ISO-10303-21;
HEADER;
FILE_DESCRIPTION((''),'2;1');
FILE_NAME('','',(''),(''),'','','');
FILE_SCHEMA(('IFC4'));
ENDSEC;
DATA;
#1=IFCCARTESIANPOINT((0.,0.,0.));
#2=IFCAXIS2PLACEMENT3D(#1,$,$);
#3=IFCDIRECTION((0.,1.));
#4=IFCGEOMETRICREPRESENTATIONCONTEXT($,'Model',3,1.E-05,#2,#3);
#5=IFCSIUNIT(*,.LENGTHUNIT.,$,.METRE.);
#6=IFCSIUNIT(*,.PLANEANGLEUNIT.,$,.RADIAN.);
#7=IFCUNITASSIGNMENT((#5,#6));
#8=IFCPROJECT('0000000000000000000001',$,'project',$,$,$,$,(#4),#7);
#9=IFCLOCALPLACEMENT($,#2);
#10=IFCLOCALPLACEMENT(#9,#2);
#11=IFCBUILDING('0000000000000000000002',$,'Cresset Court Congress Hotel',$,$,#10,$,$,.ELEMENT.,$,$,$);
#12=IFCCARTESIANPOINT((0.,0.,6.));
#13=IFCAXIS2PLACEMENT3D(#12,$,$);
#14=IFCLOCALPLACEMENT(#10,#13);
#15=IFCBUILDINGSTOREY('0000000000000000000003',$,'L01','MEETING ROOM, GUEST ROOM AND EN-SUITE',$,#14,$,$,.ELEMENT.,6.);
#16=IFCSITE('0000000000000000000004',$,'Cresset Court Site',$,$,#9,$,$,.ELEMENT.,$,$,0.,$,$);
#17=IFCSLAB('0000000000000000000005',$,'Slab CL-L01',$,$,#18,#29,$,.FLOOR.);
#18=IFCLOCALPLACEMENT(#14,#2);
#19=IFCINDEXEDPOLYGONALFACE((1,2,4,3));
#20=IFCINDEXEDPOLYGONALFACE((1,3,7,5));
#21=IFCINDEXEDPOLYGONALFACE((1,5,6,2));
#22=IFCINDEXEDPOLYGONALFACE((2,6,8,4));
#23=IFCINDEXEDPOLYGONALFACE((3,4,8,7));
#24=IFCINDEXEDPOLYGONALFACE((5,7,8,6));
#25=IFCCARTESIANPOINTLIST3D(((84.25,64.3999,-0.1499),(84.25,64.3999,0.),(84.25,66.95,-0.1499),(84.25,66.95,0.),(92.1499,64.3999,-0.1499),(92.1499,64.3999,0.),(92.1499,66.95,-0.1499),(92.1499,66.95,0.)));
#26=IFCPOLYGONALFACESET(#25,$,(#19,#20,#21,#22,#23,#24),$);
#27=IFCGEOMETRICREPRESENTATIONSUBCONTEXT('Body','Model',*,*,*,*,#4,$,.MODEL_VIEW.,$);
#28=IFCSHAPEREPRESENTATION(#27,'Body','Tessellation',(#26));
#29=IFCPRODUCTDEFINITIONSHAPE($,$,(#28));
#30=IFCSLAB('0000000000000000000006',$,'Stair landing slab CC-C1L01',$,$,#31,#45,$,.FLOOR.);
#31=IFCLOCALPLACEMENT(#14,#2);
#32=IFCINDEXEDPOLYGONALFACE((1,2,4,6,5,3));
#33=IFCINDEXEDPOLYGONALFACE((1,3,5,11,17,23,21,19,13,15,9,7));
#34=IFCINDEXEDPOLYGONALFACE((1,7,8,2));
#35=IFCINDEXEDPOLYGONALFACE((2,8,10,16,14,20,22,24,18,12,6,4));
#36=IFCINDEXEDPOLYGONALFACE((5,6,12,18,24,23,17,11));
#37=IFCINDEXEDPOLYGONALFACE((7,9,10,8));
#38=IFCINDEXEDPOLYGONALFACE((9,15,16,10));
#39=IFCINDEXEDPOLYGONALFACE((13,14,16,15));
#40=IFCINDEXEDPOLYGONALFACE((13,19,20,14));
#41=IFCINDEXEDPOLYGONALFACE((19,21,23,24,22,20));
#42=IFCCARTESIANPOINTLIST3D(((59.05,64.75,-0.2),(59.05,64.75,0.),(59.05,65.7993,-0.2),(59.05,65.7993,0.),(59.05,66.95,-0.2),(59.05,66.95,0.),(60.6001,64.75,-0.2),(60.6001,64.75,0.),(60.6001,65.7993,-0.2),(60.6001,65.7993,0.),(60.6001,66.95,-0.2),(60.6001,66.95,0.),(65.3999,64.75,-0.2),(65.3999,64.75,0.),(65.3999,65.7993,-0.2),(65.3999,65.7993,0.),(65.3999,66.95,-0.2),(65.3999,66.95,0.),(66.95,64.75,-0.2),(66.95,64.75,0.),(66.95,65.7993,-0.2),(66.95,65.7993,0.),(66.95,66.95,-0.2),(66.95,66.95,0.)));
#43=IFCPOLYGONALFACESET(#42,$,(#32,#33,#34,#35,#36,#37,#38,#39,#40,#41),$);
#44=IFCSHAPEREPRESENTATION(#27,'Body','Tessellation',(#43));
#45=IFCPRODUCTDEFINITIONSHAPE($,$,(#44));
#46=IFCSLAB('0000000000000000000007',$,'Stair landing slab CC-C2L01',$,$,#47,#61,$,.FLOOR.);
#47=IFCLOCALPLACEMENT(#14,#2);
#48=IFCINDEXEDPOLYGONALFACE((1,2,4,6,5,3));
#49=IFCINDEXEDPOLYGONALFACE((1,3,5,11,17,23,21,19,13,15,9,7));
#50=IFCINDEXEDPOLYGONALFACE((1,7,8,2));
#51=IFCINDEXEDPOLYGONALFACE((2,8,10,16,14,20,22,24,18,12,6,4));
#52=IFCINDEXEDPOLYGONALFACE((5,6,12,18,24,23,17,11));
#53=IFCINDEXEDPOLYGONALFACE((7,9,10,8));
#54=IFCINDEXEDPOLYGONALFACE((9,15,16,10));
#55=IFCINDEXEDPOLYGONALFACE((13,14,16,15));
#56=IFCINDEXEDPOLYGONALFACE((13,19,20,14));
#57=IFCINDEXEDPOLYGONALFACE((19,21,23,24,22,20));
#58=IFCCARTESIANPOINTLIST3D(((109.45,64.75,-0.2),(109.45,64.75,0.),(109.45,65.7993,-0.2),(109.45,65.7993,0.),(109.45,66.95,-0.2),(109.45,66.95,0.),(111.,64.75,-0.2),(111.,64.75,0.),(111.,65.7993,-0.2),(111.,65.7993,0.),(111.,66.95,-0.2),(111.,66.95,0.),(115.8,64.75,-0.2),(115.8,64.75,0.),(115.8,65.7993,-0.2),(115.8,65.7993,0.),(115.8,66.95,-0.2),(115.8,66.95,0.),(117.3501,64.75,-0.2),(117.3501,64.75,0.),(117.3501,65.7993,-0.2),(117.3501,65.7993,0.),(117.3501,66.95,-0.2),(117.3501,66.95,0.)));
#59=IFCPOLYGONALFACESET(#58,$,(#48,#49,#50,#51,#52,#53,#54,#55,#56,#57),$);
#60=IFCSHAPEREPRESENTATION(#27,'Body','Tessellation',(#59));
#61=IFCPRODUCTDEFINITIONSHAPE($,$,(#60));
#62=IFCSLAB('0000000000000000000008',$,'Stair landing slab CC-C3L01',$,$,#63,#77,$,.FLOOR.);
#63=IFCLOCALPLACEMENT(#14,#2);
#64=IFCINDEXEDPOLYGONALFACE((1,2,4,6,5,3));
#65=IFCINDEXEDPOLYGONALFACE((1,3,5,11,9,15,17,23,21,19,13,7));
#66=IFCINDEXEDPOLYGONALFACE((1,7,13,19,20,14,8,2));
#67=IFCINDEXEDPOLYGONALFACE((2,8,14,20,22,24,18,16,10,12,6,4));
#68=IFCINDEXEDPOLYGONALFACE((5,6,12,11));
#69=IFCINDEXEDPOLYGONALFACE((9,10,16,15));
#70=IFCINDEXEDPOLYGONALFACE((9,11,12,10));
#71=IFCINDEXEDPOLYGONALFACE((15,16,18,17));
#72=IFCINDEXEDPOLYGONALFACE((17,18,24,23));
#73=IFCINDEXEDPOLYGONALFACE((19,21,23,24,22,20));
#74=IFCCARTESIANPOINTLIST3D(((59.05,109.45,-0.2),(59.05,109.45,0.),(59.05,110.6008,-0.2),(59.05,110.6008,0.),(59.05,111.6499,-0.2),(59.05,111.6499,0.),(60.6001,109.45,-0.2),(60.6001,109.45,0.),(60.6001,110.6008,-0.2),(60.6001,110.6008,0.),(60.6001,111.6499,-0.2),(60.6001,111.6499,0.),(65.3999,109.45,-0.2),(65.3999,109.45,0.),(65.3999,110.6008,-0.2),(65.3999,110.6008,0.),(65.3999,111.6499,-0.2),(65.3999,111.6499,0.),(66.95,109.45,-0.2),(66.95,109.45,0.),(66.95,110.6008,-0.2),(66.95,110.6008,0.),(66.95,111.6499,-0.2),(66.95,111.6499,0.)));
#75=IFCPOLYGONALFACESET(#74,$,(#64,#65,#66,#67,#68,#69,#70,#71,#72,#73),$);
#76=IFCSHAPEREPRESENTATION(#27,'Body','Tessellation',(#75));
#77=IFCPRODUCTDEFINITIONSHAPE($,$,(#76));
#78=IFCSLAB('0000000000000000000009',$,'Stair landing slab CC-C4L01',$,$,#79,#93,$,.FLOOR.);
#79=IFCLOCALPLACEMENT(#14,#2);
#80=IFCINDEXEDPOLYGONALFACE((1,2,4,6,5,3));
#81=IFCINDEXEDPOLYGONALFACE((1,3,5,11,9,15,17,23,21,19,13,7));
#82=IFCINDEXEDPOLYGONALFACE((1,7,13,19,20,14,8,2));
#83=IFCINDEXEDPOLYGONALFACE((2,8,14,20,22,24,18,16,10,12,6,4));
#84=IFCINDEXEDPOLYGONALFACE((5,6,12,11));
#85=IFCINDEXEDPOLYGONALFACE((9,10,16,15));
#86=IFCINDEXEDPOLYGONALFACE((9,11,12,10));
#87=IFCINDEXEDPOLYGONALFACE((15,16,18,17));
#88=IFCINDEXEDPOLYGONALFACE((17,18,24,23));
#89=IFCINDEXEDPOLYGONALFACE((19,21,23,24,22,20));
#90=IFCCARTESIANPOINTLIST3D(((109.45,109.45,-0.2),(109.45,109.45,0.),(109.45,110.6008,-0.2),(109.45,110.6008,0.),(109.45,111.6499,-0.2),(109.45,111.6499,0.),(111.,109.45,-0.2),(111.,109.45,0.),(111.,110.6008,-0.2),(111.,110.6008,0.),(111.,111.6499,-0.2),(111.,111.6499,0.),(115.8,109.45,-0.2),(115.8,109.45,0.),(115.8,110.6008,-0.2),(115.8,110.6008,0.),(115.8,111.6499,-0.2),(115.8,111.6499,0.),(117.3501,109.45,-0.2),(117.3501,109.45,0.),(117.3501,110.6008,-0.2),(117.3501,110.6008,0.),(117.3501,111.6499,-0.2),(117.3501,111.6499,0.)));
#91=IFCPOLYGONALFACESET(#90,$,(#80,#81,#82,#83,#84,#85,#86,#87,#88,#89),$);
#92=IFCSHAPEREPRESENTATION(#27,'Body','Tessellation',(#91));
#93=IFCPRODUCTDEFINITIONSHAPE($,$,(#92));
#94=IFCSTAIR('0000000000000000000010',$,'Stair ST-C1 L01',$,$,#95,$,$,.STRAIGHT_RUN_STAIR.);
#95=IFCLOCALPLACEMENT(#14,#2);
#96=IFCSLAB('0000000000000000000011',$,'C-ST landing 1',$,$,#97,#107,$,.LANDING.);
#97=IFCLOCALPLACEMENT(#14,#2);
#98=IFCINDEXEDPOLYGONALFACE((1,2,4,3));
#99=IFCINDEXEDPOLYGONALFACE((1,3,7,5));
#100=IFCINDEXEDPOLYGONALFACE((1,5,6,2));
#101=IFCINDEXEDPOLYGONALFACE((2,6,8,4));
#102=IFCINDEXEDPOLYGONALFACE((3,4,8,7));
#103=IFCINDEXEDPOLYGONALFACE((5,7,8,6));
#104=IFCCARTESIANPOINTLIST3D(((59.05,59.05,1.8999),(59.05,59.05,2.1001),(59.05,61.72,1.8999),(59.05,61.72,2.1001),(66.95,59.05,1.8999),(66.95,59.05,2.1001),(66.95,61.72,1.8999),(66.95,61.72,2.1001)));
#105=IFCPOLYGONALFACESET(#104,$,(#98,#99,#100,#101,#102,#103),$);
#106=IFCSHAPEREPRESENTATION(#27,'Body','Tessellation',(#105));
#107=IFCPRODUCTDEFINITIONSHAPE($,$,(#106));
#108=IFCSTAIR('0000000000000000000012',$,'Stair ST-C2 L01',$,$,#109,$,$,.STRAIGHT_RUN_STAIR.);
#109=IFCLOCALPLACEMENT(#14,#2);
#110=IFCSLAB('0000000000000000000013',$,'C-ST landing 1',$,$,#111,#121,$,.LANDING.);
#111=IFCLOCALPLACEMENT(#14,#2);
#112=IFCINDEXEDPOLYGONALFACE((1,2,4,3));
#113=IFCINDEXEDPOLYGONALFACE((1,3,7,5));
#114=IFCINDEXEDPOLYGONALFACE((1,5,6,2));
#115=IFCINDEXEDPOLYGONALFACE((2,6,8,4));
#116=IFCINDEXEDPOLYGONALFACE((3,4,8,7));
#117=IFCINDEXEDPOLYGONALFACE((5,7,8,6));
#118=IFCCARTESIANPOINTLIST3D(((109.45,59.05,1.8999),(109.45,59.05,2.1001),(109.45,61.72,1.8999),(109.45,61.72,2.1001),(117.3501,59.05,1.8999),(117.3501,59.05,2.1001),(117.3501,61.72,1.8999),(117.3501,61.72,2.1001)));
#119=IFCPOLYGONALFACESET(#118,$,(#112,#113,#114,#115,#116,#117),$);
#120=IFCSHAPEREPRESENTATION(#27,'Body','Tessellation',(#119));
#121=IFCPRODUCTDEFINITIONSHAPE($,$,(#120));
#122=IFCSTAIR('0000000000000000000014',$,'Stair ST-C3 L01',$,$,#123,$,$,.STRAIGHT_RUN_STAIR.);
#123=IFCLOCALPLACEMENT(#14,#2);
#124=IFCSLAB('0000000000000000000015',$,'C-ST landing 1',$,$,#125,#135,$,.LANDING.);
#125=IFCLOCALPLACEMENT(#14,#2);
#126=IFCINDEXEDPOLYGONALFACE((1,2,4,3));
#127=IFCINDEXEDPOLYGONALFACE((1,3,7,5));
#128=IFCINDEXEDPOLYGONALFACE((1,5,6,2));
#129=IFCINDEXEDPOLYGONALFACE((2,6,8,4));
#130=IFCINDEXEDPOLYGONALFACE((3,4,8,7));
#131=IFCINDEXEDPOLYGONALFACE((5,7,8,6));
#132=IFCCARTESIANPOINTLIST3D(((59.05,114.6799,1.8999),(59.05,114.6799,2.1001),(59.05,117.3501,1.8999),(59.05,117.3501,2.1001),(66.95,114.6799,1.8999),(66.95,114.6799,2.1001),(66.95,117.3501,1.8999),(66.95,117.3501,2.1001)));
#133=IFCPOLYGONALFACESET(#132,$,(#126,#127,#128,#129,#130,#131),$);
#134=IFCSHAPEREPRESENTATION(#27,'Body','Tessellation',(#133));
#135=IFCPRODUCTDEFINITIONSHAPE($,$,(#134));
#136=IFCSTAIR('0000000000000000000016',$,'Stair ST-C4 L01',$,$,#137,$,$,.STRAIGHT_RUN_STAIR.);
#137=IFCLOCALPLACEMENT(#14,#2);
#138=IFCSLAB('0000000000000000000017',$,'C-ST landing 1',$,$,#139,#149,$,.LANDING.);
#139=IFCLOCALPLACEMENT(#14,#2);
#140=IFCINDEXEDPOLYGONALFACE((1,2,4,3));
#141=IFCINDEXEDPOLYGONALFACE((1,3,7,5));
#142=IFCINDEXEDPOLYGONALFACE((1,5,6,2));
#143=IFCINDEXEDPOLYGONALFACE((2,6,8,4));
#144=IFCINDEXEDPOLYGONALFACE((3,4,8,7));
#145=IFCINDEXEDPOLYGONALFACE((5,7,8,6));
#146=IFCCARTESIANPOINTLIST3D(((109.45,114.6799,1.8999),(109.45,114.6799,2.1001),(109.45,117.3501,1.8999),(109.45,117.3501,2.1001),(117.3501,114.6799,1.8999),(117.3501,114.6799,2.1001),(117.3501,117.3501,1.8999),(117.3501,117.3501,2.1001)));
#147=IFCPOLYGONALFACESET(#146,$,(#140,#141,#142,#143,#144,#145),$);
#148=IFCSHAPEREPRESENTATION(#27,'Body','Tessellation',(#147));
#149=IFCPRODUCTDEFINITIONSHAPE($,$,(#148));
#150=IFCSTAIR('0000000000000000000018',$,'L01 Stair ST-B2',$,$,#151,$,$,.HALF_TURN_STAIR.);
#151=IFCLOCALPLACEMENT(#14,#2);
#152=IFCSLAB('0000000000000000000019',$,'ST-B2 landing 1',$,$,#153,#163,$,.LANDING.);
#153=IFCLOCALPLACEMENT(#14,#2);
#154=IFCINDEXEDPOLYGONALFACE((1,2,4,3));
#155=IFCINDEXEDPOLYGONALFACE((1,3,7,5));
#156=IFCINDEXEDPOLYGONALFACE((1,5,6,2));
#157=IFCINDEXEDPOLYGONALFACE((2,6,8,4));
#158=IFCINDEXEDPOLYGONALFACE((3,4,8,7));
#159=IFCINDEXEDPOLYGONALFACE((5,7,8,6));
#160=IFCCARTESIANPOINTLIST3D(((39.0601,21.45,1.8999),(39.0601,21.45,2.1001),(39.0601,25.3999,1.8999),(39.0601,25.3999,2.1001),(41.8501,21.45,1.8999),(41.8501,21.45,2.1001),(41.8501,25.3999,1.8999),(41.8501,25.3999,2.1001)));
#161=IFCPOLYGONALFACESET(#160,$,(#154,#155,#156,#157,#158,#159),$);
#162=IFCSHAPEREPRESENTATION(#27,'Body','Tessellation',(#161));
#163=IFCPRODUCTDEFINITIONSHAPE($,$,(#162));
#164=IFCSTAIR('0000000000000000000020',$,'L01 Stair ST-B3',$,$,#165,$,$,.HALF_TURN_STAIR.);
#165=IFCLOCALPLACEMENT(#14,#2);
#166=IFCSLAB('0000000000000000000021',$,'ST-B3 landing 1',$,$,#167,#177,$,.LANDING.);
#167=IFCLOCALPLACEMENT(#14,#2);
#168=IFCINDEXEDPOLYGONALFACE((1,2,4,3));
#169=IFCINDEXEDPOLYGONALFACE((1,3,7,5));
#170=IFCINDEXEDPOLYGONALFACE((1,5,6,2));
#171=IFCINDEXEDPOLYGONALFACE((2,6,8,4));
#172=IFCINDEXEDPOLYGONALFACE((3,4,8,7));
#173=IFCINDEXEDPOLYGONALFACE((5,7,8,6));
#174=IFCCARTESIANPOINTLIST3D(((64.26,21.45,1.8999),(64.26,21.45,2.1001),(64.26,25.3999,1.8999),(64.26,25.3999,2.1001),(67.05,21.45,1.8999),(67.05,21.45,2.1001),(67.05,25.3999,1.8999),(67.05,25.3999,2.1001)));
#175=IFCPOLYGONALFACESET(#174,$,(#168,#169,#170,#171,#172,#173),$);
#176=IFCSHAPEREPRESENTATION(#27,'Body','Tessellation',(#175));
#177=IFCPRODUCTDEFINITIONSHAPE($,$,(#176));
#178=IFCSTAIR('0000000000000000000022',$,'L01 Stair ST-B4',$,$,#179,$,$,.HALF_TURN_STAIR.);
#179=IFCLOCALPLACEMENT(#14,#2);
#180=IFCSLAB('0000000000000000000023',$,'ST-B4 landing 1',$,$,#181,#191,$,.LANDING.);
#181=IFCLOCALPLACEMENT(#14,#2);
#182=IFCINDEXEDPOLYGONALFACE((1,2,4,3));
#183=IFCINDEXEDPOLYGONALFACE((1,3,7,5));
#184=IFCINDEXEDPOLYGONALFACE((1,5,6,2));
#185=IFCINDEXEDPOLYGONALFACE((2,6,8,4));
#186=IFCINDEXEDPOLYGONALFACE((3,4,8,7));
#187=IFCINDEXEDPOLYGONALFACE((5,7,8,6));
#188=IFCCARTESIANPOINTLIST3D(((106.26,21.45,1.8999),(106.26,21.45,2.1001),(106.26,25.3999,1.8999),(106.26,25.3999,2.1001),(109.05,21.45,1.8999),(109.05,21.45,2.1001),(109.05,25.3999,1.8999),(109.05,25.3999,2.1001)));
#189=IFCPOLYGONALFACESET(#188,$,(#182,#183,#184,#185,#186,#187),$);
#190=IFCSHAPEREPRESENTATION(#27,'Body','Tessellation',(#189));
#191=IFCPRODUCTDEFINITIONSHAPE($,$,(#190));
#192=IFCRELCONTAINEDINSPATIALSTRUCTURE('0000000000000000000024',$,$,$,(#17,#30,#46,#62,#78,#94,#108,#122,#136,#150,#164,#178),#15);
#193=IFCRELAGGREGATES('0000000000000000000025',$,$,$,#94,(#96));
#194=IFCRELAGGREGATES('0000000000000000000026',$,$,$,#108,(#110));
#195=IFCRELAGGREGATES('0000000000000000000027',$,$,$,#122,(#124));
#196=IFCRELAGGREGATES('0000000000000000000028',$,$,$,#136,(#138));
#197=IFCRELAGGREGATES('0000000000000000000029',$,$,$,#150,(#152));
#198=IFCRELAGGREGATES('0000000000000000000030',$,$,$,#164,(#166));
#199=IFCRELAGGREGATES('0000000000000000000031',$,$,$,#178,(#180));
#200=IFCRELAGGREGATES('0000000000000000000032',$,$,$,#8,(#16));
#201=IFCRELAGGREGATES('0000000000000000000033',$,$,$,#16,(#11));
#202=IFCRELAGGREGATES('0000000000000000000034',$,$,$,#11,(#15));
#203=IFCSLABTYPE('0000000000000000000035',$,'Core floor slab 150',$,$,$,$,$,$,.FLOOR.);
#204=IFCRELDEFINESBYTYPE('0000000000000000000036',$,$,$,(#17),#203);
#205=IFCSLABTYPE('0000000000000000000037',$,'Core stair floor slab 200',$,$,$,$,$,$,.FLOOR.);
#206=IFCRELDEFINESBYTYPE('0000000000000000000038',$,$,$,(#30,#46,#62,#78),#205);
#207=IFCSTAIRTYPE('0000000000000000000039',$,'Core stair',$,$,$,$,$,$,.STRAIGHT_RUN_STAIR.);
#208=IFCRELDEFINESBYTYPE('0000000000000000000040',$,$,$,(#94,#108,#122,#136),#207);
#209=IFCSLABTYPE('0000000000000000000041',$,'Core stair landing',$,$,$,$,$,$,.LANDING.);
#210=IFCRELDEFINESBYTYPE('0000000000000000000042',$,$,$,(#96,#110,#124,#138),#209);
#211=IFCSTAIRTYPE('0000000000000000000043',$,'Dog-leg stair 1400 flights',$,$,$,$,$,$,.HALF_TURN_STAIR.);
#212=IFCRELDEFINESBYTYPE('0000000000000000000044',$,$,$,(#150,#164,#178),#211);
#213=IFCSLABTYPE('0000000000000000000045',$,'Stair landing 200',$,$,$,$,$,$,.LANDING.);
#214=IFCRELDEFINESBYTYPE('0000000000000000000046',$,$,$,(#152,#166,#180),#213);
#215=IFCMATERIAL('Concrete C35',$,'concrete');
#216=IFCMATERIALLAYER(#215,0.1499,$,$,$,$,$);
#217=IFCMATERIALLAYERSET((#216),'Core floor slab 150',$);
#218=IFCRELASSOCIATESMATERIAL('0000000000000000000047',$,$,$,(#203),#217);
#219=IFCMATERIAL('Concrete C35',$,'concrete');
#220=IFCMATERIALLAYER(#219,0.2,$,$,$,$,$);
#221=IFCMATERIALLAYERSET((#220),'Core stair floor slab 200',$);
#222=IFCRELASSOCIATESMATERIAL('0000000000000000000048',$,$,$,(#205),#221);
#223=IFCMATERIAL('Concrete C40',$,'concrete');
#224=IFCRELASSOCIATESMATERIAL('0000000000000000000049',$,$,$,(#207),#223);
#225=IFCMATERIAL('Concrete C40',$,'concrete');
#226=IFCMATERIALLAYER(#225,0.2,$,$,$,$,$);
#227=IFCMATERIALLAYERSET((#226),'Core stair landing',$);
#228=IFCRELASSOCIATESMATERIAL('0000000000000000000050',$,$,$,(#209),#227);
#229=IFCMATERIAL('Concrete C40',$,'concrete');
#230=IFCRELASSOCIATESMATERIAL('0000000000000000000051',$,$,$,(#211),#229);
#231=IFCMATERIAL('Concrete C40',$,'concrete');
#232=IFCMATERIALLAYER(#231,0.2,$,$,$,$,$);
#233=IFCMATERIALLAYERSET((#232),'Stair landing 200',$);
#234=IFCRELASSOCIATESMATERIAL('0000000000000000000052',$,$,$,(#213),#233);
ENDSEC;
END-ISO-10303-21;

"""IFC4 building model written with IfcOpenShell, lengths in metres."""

from ifc_helpers import new_model, si_unit, direction, frame, origin, place, context, subcontext, project, spatial, polyline, outline, extrude, material, layer, layer_set, type_object, element, aggregate, save


model = new_model("IFC4")

# Units and contexts
model_context = context("Model", 3, precision=1e-05, world=origin(), true_north=direction((0.0, 1.0)))
body_context = subcontext(model_context, "Body", "Model", "MODEL_VIEW")
ifc_project = project(units=[si_unit("LENGTHUNIT", "METRE"), si_unit("PLANEANGLEUNIT", "RADIAN")], contexts=[model_context])

# Site, building, storey
site_placement = place(None, origin())
site = spatial("IfcSite", under=ifc_project, at=site_placement, Name="Cresset Court Site", CompositionType="ELEMENT", RefElevation=0.0)
building_placement = place(site_placement, origin())
building = spatial("IfcBuilding", under=site, at=building_placement, Name="Cresset Court Congress Hotel", CompositionType="ELEMENT")
storey_placement = place(building_placement, frame((0.0, 0.0, 6.0)))
storey = spatial("IfcBuildingStorey", under=building, at=storey_placement, Name="L01", Description="MEETING ROOM, GUEST ROOM AND EN-SUITE", CompositionType="ELEMENT", Elevation=6.0)

# Slabs
ifc_material_1 = material(Name="Concrete C35", Category="concrete")
ifc_layer_1 = layer(ifc_material_1, 0.1499)
ifc_layer_set_1 = layer_set([ifc_layer_1], Name="Core floor slab 150")
slab_type_1 = type_object("IfcSlabType", Name="Core floor slab 150", PredefinedType="FLOOR", material=ifc_layer_set_1)
slab_1_placement = place(storey_placement, frame((0.0, 0.0, -0.1499)))
element("IfcSlab", 1, at=slab_1_placement, inside=storey, type_object=slab_type_1, Name="Slab CL-L01", PredefinedType="FLOOR", context=body_context, shape_type="SweptSolid", body=[
    extrude(outline(polyline([(92.1499, 64.3999), (92.1499, 66.95), (84.25, 66.95), (84.25, 64.3999), (92.1499, 64.3999)])), origin(), (0.0, 0.0, 1.0), 0.1499),
])
ifc_material_2 = material(Name="Concrete C35", Category="concrete")
ifc_layer_2 = layer(ifc_material_2, 0.2)
ifc_layer_set_2 = layer_set([ifc_layer_2], Name="Core stair floor slab 200")
slab_type_2 = type_object("IfcSlabType", Name="Core stair floor slab 200", PredefinedType="FLOOR", material=ifc_layer_set_2)
slab_2_placement = place(storey_placement, frame((0.0, 0.0, -0.2)))
element("IfcSlab", 2, at=slab_2_placement, inside=storey, type_object=slab_type_2, Name="Stair landing slab CC-C1L01", PredefinedType="FLOOR", context=body_context, shape_type="SweptSolid", body=[
    extrude(outline(polyline([(60.6001, 64.75), (59.05, 64.75), (59.05, 65.7993), (59.05, 66.95), (60.6001, 66.95), (65.3999, 66.95), (66.95, 66.95), (66.95, 65.7993), (66.95, 64.75), (65.3999, 64.75), (65.3999, 65.7993), (60.6001, 65.7993), (60.6001, 64.75)])), origin(), (0.0, 0.0, 1.0), 0.2),
])
slab_3_placement = place(storey_placement, frame((0.0, 0.0, -0.2)))
element("IfcSlab", 3, at=slab_3_placement, inside=storey, type_object=slab_type_2, Name="Stair landing slab CC-C2L01", PredefinedType="FLOOR", context=body_context, shape_type="SweptSolid", body=[
    extrude(outline(polyline([(111.0, 64.75), (109.45, 64.75), (109.45, 65.7993), (109.45, 66.95), (111.0, 66.95), (115.8, 66.95), (117.3501, 66.95), (117.3501, 65.7993), (117.3501, 64.75), (115.8, 64.75), (115.8, 65.7993), (111.0, 65.7993), (111.0, 64.75)])), origin(), (0.0, 0.0, 1.0), 0.2),
])
slab_4_placement = place(storey_placement, frame((0.0, 0.0, -0.2)))
element("IfcSlab", 4, at=slab_4_placement, inside=storey, type_object=slab_type_2, Name="Stair landing slab CC-C3L01", PredefinedType="FLOOR", context=body_context, shape_type="SweptSolid", body=[
    extrude(outline(polyline([(66.95, 109.45), (65.3999, 109.45), (60.6001, 109.45), (59.05, 109.45), (59.05, 110.6008), (59.05, 111.6499), (60.6001, 111.6499), (60.6001, 110.6008), (65.3999, 110.6008), (65.3999, 111.6499), (66.95, 111.6499), (66.95, 110.6008), (66.95, 109.45)])), origin(), (0.0, 0.0, 1.0), 0.2),
])
slab_5_placement = place(storey_placement, frame((0.0, 0.0, -0.2)))
element("IfcSlab", 5, at=slab_5_placement, inside=storey, type_object=slab_type_2, Name="Stair landing slab CC-C4L01", PredefinedType="FLOOR", context=body_context, shape_type="SweptSolid", body=[
    extrude(outline(polyline([(117.3501, 109.45), (115.8, 109.45), (111.0, 109.45), (109.45, 109.45), (109.45, 110.6008), (109.45, 111.6499), (111.0, 111.6499), (111.0, 110.6008), (115.8, 110.6008), (115.8, 111.6499), (117.3501, 111.6499), (117.3501, 110.6008), (117.3501, 109.45)])), origin(), (0.0, 0.0, 1.0), 0.2),
])

# Stairs, slabs
ifc_material_3 = material(Name="Concrete C40", Category="concrete")
stair_type_1 = type_object("IfcStairType", Name="Core stair", PredefinedType="STRAIGHT_RUN_STAIR", material=ifc_material_3)
stair_1_placement = place(storey_placement, origin())
stair_1 = element("IfcStair", 6, at=stair_1_placement, inside=storey, type_object=stair_type_1, Name="Stair ST-C1 L01", PredefinedType="STRAIGHT_RUN_STAIR")
ifc_material_4 = material(Name="Concrete C40", Category="concrete")
ifc_layer_3 = layer(ifc_material_4, 0.2)
ifc_layer_set_3 = layer_set([ifc_layer_3], Name="Core stair landing")
slab_type_3 = type_object("IfcSlabType", Name="Core stair landing", PredefinedType="LANDING", material=ifc_layer_set_3)
slab_6_placement = place(storey_placement, frame((0.0, 0.0, 1.8999)))
slab_6 = element("IfcSlab", 7, at=slab_6_placement, type_object=slab_type_3, Name="C-ST landing 1", PredefinedType="LANDING", context=body_context, shape_type="SweptSolid", body=[
    extrude(outline(polyline([(66.95, 59.05), (66.95, 61.72), (59.05, 61.72), (59.05, 59.05), (66.95, 59.05)])), origin(), (0.0, 0.0, 1.0), 0.2002),
])
aggregate(stair_1, [slab_6])
stair_2_placement = place(storey_placement, origin())
stair_2 = element("IfcStair", 8, at=stair_2_placement, inside=storey, type_object=stair_type_1, Name="Stair ST-C2 L01", PredefinedType="STRAIGHT_RUN_STAIR")
slab_7_placement = place(storey_placement, frame((0.0, 0.0, 1.8999)))
slab_7 = element("IfcSlab", 9, at=slab_7_placement, type_object=slab_type_3, Name="C-ST landing 1", PredefinedType="LANDING", context=body_context, shape_type="SweptSolid", body=[
    extrude(outline(polyline([(117.3501, 59.05), (117.3501, 61.72), (109.45, 61.72), (109.45, 59.05), (117.3501, 59.05)])), origin(), (0.0, 0.0, 1.0), 0.2002),
])
aggregate(stair_2, [slab_7])
stair_3_placement = place(storey_placement, origin())
stair_3 = element("IfcStair", 10, at=stair_3_placement, inside=storey, type_object=stair_type_1, Name="Stair ST-C3 L01", PredefinedType="STRAIGHT_RUN_STAIR")
slab_8_placement = place(storey_placement, frame((0.0, 0.0, 1.8999)))
slab_8 = element("IfcSlab", 11, at=slab_8_placement, type_object=slab_type_3, Name="C-ST landing 1", PredefinedType="LANDING", context=body_context, shape_type="SweptSolid", body=[
    extrude(outline(polyline([(66.95, 114.6799), (66.95, 117.3501), (59.05, 117.3501), (59.05, 114.6799), (66.95, 114.6799)])), origin(), (0.0, 0.0, 1.0), 0.2002),
])
aggregate(stair_3, [slab_8])
stair_4_placement = place(storey_placement, origin())
stair_4 = element("IfcStair", 12, at=stair_4_placement, inside=storey, type_object=stair_type_1, Name="Stair ST-C4 L01", PredefinedType="STRAIGHT_RUN_STAIR")
slab_9_placement = place(storey_placement, frame((0.0, 0.0, 1.8999)))
slab_9 = element("IfcSlab", 13, at=slab_9_placement, type_object=slab_type_3, Name="C-ST landing 1", PredefinedType="LANDING", context=body_context, shape_type="SweptSolid", body=[
    extrude(outline(polyline([(117.3501, 114.6799), (117.3501, 117.3501), (109.45, 117.3501), (109.45, 114.6799), (117.3501, 114.6799)])), origin(), (0.0, 0.0, 1.0), 0.2002),
])
aggregate(stair_4, [slab_9])
ifc_material_5 = material(Name="Concrete C40", Category="concrete")
stair_type_2 = type_object("IfcStairType", Name="Dog-leg stair 1400 flights", PredefinedType="HALF_TURN_STAIR", material=ifc_material_5)
stair_5_placement = place(storey_placement, origin())
stair_5 = element("IfcStair", 14, at=stair_5_placement, inside=storey, type_object=stair_type_2, Name="L01 Stair ST-B2", PredefinedType="HALF_TURN_STAIR")
ifc_material_6 = material(Name="Concrete C40", Category="concrete")
ifc_layer_4 = layer(ifc_material_6, 0.2)
ifc_layer_set_4 = layer_set([ifc_layer_4], Name="Stair landing 200")
slab_type_4 = type_object("IfcSlabType", Name="Stair landing 200", PredefinedType="LANDING", material=ifc_layer_set_4)
slab_10_placement = place(storey_placement, frame((0.0, 0.0, 1.8999)))
slab_10 = element("IfcSlab", 15, at=slab_10_placement, type_object=slab_type_4, Name="ST-B2 landing 1", PredefinedType="LANDING", context=body_context, shape_type="SweptSolid", body=[
    extrude(outline(polyline([(39.0601, 21.45), (41.8501, 21.45), (41.8501, 25.3999), (39.0601, 25.3999), (39.0601, 21.45)])), origin(), (0.0, 0.0, 1.0), 0.2002),
])
aggregate(stair_5, [slab_10])
stair_6_placement = place(storey_placement, origin())
stair_6 = element("IfcStair", 16, at=stair_6_placement, inside=storey, type_object=stair_type_2, Name="L01 Stair ST-B3", PredefinedType="HALF_TURN_STAIR")
slab_11_placement = place(storey_placement, frame((0.0, 0.0, 1.8999)))
slab_11 = element("IfcSlab", 17, at=slab_11_placement, type_object=slab_type_4, Name="ST-B3 landing 1", PredefinedType="LANDING", context=body_context, shape_type="SweptSolid", body=[
    extrude(outline(polyline([(64.26, 21.45), (67.05, 21.45), (67.05, 25.3999), (64.26, 25.3999), (64.26, 21.45)])), origin(), (0.0, 0.0, 1.0), 0.2002),
])
aggregate(stair_6, [slab_11])
stair_7_placement = place(storey_placement, origin())
stair_7 = element("IfcStair", 18, at=stair_7_placement, inside=storey, type_object=stair_type_2, Name="L01 Stair ST-B4", PredefinedType="HALF_TURN_STAIR")
slab_12_placement = place(storey_placement, frame((0.0, 0.0, 1.8999)))
slab_12 = element("IfcSlab", 19, at=slab_12_placement, type_object=slab_type_4, Name="ST-B4 landing 1", PredefinedType="LANDING", context=body_context, shape_type="SweptSolid", body=[
    extrude(outline(polyline([(106.26, 21.45), (109.05, 21.45), (109.05, 25.3999), (106.26, 25.3999), (106.26, 21.45)])), origin(), (0.0, 0.0, 1.0), 0.2002),
])
aggregate(stair_7, [slab_12])

save(model, "model.ifc")
